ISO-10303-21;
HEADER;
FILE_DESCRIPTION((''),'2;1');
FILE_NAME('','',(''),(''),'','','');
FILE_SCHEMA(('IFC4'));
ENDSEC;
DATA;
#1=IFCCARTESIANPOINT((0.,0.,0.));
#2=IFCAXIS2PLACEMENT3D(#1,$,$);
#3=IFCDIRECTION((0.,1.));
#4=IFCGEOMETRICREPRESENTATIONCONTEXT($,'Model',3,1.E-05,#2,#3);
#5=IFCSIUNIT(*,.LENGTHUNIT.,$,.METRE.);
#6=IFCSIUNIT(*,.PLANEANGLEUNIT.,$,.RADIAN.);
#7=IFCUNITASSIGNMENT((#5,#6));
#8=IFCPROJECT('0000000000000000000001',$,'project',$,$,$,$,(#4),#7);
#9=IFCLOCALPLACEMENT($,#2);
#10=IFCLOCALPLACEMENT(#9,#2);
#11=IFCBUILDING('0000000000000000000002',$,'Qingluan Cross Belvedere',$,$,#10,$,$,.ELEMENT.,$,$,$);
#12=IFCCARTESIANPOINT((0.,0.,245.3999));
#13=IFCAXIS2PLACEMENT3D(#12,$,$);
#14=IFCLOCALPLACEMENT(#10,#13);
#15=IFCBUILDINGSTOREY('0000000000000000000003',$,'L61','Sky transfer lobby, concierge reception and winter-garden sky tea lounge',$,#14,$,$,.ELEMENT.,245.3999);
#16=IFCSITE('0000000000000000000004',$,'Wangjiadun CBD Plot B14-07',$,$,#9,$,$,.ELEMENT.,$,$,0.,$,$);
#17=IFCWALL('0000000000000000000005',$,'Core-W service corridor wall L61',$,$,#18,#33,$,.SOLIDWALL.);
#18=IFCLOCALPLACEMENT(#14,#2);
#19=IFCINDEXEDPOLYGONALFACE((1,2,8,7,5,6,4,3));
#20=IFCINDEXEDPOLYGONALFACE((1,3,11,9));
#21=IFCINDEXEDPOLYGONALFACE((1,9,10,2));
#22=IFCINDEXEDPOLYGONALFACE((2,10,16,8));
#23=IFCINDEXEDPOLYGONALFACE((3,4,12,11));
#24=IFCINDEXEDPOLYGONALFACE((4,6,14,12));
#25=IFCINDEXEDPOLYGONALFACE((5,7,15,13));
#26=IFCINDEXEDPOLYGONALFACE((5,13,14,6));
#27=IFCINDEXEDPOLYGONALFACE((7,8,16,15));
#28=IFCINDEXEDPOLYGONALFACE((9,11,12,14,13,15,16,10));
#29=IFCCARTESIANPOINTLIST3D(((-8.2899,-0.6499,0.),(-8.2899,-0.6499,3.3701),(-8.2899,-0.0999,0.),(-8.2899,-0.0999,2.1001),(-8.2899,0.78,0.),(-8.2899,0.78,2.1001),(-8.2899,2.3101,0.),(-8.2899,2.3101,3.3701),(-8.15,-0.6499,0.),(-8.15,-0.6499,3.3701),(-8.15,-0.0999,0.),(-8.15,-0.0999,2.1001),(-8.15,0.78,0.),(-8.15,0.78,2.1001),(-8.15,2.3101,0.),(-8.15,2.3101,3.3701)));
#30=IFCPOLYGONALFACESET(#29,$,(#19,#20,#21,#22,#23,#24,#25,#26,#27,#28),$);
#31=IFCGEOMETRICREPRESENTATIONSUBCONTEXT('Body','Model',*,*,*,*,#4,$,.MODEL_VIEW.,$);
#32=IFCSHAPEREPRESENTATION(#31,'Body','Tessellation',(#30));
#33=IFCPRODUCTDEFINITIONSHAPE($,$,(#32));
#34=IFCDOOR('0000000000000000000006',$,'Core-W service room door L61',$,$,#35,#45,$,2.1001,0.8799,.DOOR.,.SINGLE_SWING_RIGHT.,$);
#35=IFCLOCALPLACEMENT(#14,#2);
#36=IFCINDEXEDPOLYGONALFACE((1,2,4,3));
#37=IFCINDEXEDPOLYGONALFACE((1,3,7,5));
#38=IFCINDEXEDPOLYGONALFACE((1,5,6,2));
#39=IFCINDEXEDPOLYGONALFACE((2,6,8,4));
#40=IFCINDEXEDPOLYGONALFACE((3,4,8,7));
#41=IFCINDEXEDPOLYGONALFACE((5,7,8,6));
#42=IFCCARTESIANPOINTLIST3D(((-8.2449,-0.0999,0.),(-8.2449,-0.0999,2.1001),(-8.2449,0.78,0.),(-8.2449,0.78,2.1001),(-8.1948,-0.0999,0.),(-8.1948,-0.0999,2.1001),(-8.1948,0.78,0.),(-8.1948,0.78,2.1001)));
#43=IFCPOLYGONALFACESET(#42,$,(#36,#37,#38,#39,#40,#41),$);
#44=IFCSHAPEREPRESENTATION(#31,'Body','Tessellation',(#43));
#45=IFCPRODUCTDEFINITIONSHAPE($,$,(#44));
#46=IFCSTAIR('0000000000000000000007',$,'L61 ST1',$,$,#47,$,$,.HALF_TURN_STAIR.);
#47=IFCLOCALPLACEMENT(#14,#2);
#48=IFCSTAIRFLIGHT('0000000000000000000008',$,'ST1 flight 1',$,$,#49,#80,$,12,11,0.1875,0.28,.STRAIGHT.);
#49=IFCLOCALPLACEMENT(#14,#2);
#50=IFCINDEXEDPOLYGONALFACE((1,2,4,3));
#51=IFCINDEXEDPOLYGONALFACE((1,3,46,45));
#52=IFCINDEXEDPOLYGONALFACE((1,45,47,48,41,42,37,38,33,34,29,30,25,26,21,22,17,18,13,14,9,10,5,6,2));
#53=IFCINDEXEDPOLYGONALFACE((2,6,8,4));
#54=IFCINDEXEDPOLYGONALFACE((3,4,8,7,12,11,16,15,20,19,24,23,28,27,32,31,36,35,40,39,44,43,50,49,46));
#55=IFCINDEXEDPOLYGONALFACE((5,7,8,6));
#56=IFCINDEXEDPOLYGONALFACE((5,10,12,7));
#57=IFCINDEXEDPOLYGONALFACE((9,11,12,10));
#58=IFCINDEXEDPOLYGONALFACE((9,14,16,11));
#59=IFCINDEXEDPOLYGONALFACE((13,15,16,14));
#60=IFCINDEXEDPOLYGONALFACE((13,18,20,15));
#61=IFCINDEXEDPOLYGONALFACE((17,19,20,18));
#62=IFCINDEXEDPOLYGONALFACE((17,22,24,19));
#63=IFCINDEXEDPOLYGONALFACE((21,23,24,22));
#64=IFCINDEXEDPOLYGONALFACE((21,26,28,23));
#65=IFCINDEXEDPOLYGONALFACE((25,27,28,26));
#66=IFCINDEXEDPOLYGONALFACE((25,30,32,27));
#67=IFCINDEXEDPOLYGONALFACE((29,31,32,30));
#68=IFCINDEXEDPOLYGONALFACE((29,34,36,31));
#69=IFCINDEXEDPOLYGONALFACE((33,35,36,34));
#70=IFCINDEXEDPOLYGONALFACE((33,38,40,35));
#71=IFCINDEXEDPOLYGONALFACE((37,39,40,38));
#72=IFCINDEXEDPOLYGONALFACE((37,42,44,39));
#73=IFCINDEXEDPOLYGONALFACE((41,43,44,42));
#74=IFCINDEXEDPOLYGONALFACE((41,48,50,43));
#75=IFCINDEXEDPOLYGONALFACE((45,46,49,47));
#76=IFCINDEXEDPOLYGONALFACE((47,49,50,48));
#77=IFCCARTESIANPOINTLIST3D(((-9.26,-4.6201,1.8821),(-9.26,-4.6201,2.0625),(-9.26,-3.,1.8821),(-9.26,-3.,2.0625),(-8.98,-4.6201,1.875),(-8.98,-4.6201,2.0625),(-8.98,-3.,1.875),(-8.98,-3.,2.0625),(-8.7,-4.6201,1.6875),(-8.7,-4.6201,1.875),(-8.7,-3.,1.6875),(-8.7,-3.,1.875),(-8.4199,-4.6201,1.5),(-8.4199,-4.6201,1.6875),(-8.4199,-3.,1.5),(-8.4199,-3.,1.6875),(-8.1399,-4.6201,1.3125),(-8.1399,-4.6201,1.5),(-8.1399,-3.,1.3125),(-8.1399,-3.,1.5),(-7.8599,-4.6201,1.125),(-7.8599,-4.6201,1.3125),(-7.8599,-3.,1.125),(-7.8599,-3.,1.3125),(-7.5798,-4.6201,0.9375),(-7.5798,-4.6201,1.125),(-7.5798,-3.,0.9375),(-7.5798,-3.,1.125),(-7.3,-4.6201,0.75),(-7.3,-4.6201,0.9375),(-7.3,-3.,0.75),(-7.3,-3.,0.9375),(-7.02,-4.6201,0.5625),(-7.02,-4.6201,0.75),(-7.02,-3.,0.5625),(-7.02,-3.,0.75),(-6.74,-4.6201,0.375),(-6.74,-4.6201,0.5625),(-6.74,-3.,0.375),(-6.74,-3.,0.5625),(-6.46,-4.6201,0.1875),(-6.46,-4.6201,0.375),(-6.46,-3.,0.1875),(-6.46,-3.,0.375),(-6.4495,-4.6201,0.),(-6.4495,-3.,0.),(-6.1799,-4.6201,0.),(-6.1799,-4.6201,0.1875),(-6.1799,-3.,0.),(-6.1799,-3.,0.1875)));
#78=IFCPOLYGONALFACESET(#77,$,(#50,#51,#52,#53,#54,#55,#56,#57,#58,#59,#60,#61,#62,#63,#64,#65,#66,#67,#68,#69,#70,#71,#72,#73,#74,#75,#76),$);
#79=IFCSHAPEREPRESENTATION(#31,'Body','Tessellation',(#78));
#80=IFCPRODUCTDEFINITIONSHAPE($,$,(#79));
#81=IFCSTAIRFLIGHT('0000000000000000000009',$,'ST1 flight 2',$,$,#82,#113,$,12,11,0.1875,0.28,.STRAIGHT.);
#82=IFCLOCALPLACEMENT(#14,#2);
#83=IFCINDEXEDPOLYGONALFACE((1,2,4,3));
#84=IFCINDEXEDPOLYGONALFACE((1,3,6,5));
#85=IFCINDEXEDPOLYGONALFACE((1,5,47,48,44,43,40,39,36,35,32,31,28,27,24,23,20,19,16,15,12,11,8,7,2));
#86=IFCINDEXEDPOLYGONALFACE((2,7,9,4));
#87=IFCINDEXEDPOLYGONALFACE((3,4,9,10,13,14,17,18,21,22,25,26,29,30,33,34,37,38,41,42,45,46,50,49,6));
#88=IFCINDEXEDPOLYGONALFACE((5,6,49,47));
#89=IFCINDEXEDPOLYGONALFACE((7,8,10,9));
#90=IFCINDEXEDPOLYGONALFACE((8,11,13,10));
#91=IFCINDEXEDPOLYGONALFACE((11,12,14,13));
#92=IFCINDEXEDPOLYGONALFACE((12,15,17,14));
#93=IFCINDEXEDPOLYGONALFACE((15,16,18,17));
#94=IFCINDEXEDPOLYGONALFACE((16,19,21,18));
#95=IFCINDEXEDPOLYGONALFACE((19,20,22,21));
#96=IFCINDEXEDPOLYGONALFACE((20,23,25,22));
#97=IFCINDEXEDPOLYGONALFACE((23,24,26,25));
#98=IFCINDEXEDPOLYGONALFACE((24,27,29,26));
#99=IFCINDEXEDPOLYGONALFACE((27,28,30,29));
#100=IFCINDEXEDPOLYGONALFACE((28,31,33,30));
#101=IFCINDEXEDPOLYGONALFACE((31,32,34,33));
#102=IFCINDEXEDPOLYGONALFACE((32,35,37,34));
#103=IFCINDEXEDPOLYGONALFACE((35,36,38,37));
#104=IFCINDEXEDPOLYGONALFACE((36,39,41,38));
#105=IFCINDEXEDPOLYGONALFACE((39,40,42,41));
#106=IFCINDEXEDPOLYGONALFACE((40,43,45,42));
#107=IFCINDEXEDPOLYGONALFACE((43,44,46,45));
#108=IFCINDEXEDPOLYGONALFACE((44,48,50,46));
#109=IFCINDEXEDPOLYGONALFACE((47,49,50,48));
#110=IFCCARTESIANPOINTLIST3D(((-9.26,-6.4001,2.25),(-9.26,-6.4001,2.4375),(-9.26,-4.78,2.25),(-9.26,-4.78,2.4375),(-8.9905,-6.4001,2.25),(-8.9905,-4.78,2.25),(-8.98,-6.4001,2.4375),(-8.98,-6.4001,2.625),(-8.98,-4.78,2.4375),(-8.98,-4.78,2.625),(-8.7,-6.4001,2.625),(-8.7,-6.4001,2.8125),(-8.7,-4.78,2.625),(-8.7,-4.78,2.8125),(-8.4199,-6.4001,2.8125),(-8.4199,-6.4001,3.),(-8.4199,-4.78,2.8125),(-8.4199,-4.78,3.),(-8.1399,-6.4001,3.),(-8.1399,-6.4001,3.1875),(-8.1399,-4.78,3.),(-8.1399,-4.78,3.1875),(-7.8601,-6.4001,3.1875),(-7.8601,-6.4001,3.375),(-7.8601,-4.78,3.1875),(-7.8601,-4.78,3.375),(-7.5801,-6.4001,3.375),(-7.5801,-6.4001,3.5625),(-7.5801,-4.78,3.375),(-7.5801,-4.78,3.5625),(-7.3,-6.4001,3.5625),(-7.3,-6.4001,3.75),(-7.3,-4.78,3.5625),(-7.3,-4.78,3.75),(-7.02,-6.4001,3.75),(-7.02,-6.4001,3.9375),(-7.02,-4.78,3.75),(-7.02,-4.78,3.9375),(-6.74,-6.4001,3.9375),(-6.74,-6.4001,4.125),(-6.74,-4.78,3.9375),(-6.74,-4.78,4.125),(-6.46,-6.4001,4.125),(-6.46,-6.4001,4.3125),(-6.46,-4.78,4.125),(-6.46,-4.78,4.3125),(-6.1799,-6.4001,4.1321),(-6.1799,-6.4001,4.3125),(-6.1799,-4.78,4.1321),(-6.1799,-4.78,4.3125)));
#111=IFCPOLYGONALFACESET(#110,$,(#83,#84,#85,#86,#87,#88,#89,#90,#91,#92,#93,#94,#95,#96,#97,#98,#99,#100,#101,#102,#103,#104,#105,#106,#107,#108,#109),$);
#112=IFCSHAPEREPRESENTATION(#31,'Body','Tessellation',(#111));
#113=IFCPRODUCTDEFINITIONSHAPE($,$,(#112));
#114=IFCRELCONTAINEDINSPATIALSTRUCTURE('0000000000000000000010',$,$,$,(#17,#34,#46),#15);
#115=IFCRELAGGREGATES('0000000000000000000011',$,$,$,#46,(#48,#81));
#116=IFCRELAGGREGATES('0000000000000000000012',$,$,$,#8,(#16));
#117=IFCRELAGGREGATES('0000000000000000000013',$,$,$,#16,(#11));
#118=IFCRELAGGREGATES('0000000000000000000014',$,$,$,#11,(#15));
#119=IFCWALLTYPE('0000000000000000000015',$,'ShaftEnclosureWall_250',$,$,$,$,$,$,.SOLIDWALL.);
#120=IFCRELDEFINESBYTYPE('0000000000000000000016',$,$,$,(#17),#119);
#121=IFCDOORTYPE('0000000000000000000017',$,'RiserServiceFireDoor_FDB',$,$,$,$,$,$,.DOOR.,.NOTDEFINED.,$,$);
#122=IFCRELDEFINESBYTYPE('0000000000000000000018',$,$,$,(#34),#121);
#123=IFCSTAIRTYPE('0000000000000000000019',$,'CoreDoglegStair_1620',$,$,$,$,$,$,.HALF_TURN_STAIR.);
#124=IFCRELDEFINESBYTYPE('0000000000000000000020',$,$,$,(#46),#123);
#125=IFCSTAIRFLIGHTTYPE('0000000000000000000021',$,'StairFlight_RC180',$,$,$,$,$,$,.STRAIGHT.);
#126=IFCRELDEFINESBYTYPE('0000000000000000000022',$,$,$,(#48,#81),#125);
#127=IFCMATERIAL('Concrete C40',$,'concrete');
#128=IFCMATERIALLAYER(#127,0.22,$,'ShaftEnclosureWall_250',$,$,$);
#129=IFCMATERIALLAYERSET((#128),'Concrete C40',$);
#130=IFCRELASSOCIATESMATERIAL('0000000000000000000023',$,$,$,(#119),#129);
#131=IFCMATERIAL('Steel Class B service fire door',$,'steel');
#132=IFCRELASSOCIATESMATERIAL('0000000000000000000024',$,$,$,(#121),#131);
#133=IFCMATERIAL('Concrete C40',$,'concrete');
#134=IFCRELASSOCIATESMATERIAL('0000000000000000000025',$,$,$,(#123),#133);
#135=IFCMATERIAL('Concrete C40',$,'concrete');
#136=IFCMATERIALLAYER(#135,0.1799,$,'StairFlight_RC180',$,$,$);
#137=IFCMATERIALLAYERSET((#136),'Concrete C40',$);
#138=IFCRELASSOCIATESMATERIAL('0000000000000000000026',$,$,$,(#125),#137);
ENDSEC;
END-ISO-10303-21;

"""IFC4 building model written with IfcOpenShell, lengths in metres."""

from ifc_helpers import new_model, si_unit, direction, frame, frame_2d, origin, place, context, subcontext, project, spatial, polyline, rectangle, outline, extrude, material, layer, layer_set, type_object, element, fill, aggregate, save


model = new_model("IFC4")

# Units and contexts
model_context = context("Model", 3, precision=1e-05, world=origin(), true_north=direction((0.0, 1.0)))
body_context = subcontext(model_context, "Body", "Model", "MODEL_VIEW")
ifc_project = project(units=[si_unit("LENGTHUNIT", "METRE"), si_unit("PLANEANGLEUNIT", "RADIAN")], contexts=[model_context])

# Site, building, storey
site_placement = place(None, origin())
site = spatial("IfcSite", under=ifc_project, at=site_placement, Name="Wangjiadun CBD Plot B14-07", CompositionType="ELEMENT", RefElevation=0.0)
building_placement = place(site_placement, origin())
building = spatial("IfcBuilding", under=site, at=building_placement, Name="Qingluan Cross Belvedere", CompositionType="ELEMENT")
storey_placement = place(building_placement, frame((0.0, 0.0, 245.3999)))
storey = spatial("IfcBuildingStorey", under=building, at=storey_placement, Name="L61", Description="Sky transfer lobby, concierge reception and winter-garden sky tea lounge", CompositionType="ELEMENT", Elevation=245.3999)

# Shared definitions
ifc_material_1 = material(Name="Concrete C40", Category="concrete")
ifc_layer_1 = layer(ifc_material_1, 0.22, Name="ShaftEnclosureWall_250")
ifc_layer_set_1 = layer_set([ifc_layer_1], Name="Concrete C40")
wall_type_1 = type_object("IfcWallType", Name="ShaftEnclosureWall_250", PredefinedType="SOLIDWALL", material=ifc_layer_set_1)
ifc_material_2 = material(Name="Steel Class B service fire door", Category="steel")
door_type_1 = type_object("IfcDoorType", Name="RiserServiceFireDoor_FDB", OperationType="NOTDEFINED", PredefinedType="DOOR", material=ifc_material_2)

# Wall, opening, door
wall_1_placement = place(storey_placement, frame((-8.22, -0.6499, 0.0), z_axis=(0.0, 0.0, 1.0), x_axis=(0.0, 1.0, 0.0)))
wall_1 = element("IfcWall", 1, at=wall_1_placement, inside=storey, type_object=wall_type_1, Name="Core-W service corridor wall L61", PredefinedType="SOLIDWALL", context=body_context, shape_type="SweptSolid", body=[
    extrude(rectangle(XDim=2.96, YDim=0.1399, at=frame_2d((1.48, 0.0))), origin(), (0.0, 0.0, 1.0), 3.3701),
])
opening_1_placement = place(wall_1_placement, frame((0.55, 0.0, 0.0)))
opening_1 = element("IfcOpeningElement", 2, at=opening_1_placement, cuts=wall_1, PredefinedType="OPENING", context=body_context, shape_type="SweptSolid", body=[
    extrude(rectangle(XDim=0.8799, YDim=2.1001, at=frame_2d((0.4399, 1.05))), frame((0.0, 0.0798, 0.0), z_axis=(0.0, -1.0, 0.0), x_axis=(1.0, 0.0, 0.0)), (0.0, 0.0, 1.0), 0.1599),
])
door_1_placement = place(opening_1_placement, origin())
door_1 = element("IfcDoor", 3, at=door_1_placement, inside=storey, type_object=door_type_1, Name="Core-W service room door L61", OperationType="SINGLE_SWING_RIGHT", OverallHeight=2.1001, OverallWidth=0.8799, PredefinedType="DOOR", context=body_context, shape_type="SweptSolid", body=[
    extrude(rectangle(XDim=0.8799, YDim=2.1001, at=frame_2d((0.4399, 1.05))), frame((0.0, 0.0249, 0.0), z_axis=(0.0, -1.0, 0.0), x_axis=(1.0, 0.0, 0.0)), (0.0, 0.0, 1.0), 0.05),
])
fill(opening_1, door_1)

# Stair, stair flights
ifc_material_3 = material(Name="Concrete C40", Category="concrete")
stair_type = type_object("IfcStairType", Name="CoreDoglegStair_1620", PredefinedType="HALF_TURN_STAIR", material=ifc_material_3)
stair_placement = place(storey_placement, origin())
stair = element("IfcStair", 4, at=stair_placement, inside=storey, type_object=stair_type, Name="L61 ST1", PredefinedType="HALF_TURN_STAIR")
ifc_material_4 = material(Name="Concrete C40", Category="concrete")
ifc_layer_2 = layer(ifc_material_4, 0.1799, Name="StairFlight_RC180")
ifc_layer_set_2 = layer_set([ifc_layer_2], Name="Concrete C40")
stair_flight_type = type_object("IfcStairFlightType", Name="StairFlight_RC180", PredefinedType="STRAIGHT", material=ifc_layer_set_2)
stair_flight_1_placement = place(storey_placement, frame((-6.1799, -3.8101, 0.0), z_axis=(0.0, 0.0, 1.0), x_axis=(-1.0, 0.0, 0.0)))
stair_flight_1 = element("IfcStairFlight", 5, at=stair_flight_1_placement, type_object=stair_flight_type, Name="ST1 flight 1", NumberOfRisers=12, NumberOfTreads=11, PredefinedType="STRAIGHT", RiserHeight=0.1875, TreadLength=0.28, context=body_context, shape_type="SweptSolid", body=[
    extrude(outline(polyline([(0.0, 0.0), (0.0, 0.1875), (0.28, 0.1875), (0.28, 0.375), (0.5601, 0.375), (0.5601, 0.5625), (0.8401, 0.5625), (0.8401, 0.75), (1.1201, 0.75), (1.1201, 0.9375), (1.3999, 0.9375), (1.3999, 1.125), (1.6799, 1.125), (1.6799, 1.3125), (1.96, 1.3125), (1.96, 1.5), (2.24, 1.5), (2.24, 1.6875), (2.52, 1.6875), (2.52, 1.875), (2.8, 1.875), (2.8, 2.0625), (3.0801, 2.0625), (3.0801, 2.25), (3.0801, 1.8821), (0.2695, 0.0), (0.0, 0.0)])), frame((0.0, 0.8101, 0.0), z_axis=(0.0, -1.0, 0.0), x_axis=(1.0, 0.0, 0.0)), (0.0, 0.0, 1.0), 1.6201),
])
stair_flight_2_placement = place(storey_placement, frame((-9.26, -5.5901, 2.25), z_axis=(0.0, 0.0, 1.0), x_axis=(1.0, 0.0, 0.0)))
stair_flight_2 = element("IfcStairFlight", 6, at=stair_flight_2_placement, type_object=stair_flight_type, Name="ST1 flight 2", NumberOfRisers=12, NumberOfTreads=11, PredefinedType="STRAIGHT", RiserHeight=0.1875, TreadLength=0.28, context=body_context, shape_type="SweptSolid", body=[
    extrude(outline(polyline([(0.0, 0.0), (0.0, 0.1875), (0.28, 0.1875), (0.28, 0.375), (0.5601, 0.375), (0.5601, 0.5625), (0.8401, 0.5625), (0.8401, 0.75), (1.1201, 0.75), (1.1201, 0.9375), (1.3999, 0.9375), (1.3999, 1.125), (1.6799, 1.125), (1.6799, 1.3125), (1.96, 1.3125), (1.96, 1.5), (2.24, 1.5), (2.24, 1.6875), (2.52, 1.6875), (2.52, 1.875), (2.8, 1.875), (2.8, 2.0625), (3.0801, 2.0625), (3.0801, 2.25), (3.0801, 1.8821), (0.2695, 0.0), (0.0, 0.0)])), frame((0.0, 0.8101, 0.0), z_axis=(0.0, -1.0, 0.0), x_axis=(1.0, 0.0, 0.0)), (0.0, 0.0, 1.0), 1.6201),
])
aggregate(stair, [stair_flight_1, stair_flight_2])

save(model, "model.ifc")
